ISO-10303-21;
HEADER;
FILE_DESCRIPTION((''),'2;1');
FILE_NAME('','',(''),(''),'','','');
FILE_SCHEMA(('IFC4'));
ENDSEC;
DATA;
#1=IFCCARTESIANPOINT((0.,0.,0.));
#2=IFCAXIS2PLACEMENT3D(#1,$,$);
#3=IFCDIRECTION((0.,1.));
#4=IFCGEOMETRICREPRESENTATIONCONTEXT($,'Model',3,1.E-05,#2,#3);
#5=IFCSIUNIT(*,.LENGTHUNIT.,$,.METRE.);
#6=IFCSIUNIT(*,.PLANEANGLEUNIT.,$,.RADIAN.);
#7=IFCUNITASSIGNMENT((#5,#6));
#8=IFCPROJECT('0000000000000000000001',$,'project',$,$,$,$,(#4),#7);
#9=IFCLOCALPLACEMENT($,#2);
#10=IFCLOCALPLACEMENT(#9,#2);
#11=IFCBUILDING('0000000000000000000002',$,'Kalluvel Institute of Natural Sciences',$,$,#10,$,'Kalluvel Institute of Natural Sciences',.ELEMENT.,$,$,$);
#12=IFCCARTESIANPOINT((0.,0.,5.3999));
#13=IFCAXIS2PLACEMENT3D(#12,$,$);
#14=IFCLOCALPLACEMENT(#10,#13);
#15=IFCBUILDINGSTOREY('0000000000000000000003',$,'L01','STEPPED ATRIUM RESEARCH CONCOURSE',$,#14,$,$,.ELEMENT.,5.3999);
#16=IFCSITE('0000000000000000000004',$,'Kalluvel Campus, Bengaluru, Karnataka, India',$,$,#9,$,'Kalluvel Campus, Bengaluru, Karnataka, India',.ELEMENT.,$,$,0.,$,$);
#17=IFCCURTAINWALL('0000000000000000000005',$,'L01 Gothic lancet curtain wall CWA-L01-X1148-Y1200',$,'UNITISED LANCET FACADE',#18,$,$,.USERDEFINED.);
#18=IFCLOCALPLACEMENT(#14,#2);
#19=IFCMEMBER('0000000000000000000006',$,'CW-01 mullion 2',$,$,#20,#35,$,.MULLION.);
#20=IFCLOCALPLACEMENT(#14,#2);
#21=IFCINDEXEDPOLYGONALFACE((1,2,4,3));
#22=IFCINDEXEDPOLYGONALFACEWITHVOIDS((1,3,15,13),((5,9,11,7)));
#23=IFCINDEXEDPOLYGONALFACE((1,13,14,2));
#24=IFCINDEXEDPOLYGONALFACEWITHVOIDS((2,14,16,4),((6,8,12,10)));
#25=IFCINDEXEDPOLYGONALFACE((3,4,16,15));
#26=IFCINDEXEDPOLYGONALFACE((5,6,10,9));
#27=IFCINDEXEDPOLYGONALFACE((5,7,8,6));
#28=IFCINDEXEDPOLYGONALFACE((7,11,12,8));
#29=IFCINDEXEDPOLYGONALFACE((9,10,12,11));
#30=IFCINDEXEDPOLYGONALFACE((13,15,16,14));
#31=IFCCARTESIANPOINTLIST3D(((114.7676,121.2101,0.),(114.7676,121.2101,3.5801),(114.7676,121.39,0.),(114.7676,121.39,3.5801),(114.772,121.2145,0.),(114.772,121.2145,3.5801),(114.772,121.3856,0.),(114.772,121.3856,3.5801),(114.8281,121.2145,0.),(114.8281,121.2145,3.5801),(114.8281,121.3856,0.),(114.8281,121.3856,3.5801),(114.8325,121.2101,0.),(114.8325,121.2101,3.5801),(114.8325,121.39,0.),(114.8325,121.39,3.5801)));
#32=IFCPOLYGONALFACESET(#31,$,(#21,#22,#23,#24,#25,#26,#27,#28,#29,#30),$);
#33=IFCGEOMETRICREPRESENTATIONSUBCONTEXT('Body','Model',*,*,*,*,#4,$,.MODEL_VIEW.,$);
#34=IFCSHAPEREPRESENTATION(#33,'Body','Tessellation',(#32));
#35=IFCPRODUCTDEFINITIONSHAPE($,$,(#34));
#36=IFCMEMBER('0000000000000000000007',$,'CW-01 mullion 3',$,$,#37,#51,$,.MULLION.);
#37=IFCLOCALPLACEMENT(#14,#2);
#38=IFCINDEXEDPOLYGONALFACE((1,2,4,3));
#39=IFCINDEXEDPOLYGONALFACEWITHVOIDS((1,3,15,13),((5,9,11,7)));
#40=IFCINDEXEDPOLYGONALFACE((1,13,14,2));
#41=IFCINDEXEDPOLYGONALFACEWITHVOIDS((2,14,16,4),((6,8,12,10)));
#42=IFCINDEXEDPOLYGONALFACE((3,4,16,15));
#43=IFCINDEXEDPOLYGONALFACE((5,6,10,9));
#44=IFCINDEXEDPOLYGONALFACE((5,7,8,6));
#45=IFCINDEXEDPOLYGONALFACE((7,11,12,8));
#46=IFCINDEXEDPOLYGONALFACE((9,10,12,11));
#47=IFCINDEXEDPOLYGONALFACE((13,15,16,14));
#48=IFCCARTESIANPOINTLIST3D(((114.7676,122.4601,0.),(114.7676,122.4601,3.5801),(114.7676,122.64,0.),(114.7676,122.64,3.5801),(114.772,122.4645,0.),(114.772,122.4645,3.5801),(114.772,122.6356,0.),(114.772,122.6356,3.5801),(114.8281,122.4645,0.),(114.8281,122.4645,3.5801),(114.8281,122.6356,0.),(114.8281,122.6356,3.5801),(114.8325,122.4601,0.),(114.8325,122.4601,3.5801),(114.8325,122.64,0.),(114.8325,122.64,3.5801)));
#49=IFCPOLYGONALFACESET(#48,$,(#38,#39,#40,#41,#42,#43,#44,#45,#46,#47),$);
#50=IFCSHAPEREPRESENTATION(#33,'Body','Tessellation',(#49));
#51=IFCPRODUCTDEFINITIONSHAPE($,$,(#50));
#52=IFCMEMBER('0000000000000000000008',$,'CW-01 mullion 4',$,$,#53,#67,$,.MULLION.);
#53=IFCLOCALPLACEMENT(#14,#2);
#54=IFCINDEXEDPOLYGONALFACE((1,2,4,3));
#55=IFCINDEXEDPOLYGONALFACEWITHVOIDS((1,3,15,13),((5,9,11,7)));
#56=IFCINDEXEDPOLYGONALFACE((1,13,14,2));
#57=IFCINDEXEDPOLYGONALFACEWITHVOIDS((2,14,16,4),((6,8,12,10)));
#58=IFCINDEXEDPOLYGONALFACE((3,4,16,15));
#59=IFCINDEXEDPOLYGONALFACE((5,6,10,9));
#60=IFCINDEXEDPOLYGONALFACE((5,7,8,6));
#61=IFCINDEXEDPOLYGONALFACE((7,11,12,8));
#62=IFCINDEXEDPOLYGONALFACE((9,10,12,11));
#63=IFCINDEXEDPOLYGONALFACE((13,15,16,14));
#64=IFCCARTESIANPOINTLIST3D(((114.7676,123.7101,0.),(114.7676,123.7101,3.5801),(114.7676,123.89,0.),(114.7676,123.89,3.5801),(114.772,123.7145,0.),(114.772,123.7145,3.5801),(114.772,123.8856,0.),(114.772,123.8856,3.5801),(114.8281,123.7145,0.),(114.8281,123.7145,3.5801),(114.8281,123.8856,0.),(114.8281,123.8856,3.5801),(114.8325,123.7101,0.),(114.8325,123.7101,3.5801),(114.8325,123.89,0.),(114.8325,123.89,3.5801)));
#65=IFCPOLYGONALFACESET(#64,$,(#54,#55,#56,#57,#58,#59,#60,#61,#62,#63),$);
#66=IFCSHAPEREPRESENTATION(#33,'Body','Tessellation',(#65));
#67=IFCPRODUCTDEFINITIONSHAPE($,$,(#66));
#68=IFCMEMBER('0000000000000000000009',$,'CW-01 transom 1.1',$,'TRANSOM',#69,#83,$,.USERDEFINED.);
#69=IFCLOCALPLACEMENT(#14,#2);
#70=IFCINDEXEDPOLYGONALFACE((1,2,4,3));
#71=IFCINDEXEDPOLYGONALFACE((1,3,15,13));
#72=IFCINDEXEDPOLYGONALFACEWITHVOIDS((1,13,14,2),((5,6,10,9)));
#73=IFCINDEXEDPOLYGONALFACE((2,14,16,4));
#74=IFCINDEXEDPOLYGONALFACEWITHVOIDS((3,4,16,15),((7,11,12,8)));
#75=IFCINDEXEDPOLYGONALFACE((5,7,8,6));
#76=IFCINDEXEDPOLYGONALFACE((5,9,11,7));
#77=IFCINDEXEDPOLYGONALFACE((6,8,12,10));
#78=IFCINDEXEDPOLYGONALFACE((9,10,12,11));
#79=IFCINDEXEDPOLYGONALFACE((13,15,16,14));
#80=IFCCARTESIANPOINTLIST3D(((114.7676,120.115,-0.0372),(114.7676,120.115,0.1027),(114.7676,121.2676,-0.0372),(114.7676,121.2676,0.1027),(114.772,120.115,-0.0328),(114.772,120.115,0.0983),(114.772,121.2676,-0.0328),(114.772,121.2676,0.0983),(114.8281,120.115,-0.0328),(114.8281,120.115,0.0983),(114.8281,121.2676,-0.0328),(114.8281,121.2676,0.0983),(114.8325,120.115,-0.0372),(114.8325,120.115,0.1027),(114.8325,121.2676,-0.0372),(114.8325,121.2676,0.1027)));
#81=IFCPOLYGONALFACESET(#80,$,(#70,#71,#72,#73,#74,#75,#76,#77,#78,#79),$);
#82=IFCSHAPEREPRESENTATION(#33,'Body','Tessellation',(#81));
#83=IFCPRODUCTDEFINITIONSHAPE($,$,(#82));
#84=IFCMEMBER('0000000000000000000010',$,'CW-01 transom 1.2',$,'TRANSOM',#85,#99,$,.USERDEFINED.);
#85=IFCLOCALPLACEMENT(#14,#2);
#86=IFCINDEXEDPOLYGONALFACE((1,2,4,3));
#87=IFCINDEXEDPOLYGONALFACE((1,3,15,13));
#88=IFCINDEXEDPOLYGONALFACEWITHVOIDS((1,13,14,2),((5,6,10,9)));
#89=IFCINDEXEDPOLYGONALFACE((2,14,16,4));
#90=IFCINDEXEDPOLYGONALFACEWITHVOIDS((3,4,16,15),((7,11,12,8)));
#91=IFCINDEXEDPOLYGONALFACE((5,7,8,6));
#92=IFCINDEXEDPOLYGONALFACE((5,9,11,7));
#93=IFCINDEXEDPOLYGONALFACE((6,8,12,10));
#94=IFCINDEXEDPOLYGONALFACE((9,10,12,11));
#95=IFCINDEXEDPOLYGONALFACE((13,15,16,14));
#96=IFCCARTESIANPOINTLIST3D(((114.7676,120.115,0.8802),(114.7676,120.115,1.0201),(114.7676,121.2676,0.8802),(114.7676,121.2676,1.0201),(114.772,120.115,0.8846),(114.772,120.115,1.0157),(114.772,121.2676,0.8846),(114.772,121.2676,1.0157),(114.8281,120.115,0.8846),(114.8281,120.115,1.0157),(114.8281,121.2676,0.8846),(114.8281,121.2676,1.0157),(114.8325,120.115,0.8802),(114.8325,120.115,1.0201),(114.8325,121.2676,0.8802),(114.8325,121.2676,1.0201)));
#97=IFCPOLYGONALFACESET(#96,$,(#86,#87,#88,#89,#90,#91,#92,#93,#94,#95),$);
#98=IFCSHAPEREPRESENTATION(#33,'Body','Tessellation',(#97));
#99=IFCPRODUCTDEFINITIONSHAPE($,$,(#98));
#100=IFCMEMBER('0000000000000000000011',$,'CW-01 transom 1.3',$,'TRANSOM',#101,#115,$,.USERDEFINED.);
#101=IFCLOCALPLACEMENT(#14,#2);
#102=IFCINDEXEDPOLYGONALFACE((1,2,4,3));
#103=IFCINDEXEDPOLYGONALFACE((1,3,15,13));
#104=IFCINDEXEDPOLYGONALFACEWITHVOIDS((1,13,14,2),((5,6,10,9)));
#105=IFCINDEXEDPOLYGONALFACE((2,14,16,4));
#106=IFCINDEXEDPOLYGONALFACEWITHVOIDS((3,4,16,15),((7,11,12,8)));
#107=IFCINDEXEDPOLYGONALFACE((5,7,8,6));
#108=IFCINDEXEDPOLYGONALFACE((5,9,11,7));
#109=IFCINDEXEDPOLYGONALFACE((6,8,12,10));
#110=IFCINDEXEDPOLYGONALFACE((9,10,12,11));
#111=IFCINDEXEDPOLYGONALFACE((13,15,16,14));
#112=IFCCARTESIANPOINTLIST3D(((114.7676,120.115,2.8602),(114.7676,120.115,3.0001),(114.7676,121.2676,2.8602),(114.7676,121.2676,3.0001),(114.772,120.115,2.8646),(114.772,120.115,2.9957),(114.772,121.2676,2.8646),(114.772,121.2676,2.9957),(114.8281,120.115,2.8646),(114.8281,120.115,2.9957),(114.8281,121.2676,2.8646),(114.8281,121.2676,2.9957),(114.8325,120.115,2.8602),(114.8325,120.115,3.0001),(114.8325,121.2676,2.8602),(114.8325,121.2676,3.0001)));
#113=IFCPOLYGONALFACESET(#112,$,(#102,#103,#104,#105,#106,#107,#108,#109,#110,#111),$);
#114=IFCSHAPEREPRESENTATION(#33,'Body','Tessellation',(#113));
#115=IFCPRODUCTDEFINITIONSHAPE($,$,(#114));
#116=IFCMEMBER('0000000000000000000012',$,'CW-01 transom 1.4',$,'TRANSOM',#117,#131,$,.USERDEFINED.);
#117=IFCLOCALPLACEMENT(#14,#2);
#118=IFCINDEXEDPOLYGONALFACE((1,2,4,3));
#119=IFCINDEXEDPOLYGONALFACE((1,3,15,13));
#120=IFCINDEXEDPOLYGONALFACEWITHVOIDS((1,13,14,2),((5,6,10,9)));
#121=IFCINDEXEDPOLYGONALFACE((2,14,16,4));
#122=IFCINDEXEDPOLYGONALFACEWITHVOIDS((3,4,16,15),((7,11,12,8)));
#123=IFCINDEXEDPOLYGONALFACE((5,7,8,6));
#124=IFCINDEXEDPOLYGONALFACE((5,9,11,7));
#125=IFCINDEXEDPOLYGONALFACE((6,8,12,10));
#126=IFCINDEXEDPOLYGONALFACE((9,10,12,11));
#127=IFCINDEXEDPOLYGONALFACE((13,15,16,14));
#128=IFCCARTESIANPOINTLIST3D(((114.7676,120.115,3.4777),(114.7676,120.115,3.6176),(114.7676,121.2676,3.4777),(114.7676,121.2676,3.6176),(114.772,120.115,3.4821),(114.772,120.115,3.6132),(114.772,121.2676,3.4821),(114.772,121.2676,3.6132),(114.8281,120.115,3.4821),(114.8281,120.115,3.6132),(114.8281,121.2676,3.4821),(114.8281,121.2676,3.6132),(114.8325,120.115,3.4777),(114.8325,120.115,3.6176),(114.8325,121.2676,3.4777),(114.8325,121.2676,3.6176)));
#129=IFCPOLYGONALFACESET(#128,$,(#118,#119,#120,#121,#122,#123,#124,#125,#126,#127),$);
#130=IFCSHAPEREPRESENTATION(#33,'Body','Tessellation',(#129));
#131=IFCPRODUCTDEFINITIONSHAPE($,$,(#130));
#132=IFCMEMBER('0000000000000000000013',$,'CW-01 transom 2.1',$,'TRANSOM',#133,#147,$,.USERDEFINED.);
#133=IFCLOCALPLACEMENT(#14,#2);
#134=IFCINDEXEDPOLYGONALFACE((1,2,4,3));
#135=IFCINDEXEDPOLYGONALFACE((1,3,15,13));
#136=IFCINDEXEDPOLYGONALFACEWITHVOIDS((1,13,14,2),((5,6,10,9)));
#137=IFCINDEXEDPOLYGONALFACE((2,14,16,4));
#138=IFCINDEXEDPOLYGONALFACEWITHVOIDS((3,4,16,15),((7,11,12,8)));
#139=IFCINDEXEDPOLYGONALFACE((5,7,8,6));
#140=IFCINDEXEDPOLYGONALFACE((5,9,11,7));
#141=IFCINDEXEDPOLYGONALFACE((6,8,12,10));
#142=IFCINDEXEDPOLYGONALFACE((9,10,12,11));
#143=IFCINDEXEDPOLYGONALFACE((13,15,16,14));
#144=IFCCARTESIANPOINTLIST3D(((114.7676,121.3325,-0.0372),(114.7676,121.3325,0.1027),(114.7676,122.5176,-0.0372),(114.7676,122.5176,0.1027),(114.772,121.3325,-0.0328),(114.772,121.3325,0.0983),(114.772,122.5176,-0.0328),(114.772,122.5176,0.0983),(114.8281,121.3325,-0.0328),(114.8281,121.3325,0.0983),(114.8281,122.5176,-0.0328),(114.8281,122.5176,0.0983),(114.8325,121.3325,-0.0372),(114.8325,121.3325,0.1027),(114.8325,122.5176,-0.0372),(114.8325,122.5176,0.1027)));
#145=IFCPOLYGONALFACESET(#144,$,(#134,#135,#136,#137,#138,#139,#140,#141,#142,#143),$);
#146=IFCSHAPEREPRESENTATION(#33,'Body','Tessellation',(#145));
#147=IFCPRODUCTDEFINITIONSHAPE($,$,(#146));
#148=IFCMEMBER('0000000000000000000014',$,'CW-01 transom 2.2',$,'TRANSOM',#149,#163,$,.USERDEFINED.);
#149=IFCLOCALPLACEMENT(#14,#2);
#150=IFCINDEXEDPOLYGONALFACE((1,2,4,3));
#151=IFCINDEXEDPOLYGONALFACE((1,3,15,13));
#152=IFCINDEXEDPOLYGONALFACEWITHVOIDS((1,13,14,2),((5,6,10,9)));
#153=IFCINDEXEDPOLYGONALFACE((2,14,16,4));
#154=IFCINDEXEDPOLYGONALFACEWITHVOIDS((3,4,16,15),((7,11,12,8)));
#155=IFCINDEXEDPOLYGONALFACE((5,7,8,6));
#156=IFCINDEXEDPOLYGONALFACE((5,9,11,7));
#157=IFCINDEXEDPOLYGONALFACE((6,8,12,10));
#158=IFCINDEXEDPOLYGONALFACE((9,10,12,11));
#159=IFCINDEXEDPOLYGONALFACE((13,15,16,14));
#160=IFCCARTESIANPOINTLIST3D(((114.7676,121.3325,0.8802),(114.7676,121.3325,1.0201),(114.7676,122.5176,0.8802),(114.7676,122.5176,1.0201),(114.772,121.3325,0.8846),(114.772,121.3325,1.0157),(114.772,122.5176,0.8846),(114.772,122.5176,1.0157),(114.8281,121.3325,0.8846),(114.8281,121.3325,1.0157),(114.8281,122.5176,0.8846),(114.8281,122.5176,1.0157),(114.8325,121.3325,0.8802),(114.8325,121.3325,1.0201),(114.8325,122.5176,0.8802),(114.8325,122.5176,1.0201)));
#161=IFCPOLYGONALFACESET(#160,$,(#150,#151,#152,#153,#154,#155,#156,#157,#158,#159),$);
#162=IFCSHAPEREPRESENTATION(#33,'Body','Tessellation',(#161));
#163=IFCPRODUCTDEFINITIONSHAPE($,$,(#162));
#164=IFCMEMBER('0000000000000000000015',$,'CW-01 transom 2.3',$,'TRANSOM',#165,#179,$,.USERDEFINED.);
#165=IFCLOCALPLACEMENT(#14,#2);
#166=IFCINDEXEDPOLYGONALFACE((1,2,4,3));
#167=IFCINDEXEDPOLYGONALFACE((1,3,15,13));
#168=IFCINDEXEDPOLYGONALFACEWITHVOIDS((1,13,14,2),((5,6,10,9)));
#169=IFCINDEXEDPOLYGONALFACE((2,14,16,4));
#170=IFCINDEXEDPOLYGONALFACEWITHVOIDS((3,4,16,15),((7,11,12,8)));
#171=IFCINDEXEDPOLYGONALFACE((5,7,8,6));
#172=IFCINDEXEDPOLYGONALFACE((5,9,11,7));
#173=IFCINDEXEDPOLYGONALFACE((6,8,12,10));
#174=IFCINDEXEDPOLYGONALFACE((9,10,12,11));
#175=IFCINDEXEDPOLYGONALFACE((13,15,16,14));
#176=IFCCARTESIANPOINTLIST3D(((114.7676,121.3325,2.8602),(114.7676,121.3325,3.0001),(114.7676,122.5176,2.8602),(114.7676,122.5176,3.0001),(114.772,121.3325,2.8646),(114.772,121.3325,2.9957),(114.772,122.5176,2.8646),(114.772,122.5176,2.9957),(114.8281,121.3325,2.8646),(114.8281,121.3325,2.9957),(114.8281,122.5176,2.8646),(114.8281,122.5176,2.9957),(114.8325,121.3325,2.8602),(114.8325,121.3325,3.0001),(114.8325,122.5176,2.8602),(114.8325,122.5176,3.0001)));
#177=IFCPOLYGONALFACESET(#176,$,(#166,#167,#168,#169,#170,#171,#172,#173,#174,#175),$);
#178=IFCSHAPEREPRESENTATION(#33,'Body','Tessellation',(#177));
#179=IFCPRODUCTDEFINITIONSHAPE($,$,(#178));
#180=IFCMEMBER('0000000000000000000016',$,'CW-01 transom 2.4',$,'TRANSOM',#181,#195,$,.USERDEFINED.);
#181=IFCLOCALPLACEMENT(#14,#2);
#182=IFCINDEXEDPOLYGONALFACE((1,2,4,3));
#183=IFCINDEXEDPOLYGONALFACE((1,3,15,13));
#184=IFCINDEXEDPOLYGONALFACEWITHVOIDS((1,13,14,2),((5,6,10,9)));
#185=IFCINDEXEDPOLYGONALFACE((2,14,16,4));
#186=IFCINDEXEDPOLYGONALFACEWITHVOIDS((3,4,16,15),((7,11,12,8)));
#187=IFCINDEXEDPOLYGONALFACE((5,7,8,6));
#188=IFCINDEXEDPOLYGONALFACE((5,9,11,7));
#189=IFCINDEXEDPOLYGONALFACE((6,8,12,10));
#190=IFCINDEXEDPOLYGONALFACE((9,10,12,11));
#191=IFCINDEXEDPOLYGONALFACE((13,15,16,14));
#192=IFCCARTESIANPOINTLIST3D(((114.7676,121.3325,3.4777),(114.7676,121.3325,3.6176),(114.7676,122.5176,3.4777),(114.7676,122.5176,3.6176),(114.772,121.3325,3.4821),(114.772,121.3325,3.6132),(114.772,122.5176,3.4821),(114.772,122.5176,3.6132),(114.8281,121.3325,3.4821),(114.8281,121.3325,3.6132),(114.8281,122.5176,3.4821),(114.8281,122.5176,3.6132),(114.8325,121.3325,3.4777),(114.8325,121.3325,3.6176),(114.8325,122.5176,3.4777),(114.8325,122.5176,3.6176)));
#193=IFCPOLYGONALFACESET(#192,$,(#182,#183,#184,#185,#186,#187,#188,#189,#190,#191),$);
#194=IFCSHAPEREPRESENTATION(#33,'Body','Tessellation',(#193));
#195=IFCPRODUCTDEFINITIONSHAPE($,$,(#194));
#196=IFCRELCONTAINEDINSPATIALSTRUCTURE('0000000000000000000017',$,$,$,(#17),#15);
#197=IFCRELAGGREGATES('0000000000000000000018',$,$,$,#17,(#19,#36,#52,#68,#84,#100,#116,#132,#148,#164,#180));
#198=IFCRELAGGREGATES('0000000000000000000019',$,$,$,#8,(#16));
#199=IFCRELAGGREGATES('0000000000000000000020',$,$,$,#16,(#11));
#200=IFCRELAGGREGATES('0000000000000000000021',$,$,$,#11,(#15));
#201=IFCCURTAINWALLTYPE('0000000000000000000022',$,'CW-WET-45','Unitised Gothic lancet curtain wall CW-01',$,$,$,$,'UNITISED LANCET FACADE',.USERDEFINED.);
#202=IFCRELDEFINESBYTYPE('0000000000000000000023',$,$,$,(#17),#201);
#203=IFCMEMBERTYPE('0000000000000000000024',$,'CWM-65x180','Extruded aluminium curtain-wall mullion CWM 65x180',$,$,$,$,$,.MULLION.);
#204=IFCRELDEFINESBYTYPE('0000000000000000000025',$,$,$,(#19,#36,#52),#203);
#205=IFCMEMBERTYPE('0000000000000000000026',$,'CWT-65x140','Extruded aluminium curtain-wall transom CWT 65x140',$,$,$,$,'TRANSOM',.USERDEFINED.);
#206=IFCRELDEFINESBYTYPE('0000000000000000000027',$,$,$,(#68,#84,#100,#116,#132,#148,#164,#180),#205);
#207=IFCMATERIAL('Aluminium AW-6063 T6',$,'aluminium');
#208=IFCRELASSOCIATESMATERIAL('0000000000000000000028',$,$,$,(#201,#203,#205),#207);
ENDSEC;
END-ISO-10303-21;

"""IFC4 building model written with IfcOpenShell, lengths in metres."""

from ifc_helpers import new_model, si_unit, direction, frame, origin, origin_2d, place, context, subcontext, project, spatial, hollow_rectangle, extrude, material, material_profile, profile_set, type_object, element, aggregate, save


model = new_model("IFC4")

# Units and contexts
model_context = context("Model", 3, precision=1e-05, world=origin(), true_north=direction((0.0, 1.0)))
body_context = subcontext(model_context, "Body", "Model", "MODEL_VIEW")
ifc_project = project(units=[si_unit("LENGTHUNIT", "METRE"), si_unit("PLANEANGLEUNIT", "RADIAN")], contexts=[model_context])

# Site, building, storey
site_placement = place(None, origin())
site = spatial("IfcSite", under=ifc_project, at=site_placement, Name="Kalluvel Campus, Bengaluru, Karnataka, India", LongName="Kalluvel Campus, Bengaluru, Karnataka, India", CompositionType="ELEMENT", RefElevation=0.0)
building_placement = place(site_placement, origin())
building = spatial("IfcBuilding", under=site, at=building_placement, Name="Kalluvel Institute of Natural Sciences", LongName="Kalluvel Institute of Natural Sciences", CompositionType="ELEMENT")
storey_placement = place(building_placement, frame((0.0, 0.0, 5.3999)))
storey = spatial("IfcBuildingStorey", under=building, at=storey_placement, Name="L01", Description="STEPPED ATRIUM RESEARCH CONCOURSE", CompositionType="ELEMENT", Elevation=5.3999)

# Curtain wall, members
ifc_material_1 = material(Name="Aluminium AW-6063 T6", Category="aluminium")
curtain_wall_type = type_object("IfcCurtainWallType", Name="CW-WET-45", Description="Unitised Gothic lancet curtain wall CW-01", ElementType="UNITISED LANCET FACADE", PredefinedType="USERDEFINED", material=ifc_material_1)
curtain_wall_placement = place(storey_placement, origin())
curtain_wall = element("IfcCurtainWall", 1, at=curtain_wall_placement, inside=storey, type_object=curtain_wall_type, Name="L01 Gothic lancet curtain wall CWA-L01-X1148-Y1200", ObjectType="UNITISED LANCET FACADE", PredefinedType="USERDEFINED")
ifc_material_profile_1 = material_profile(ifc_material_1, hollow_rectangle(XDim=0.0649, YDim=0.1799, WallThickness=0.0044, at=origin_2d()), Name="CWM 65x180")
ifc_profile_set_1 = profile_set([ifc_material_profile_1], Name="Aluminium AW-6063 T6")
member_type_1 = type_object("IfcMemberType", Name="CWM-65x180", Description="Extruded aluminium curtain-wall mullion CWM 65x180", PredefinedType="MULLION", material=ifc_profile_set_1)
member_1_placement = place(storey_placement, frame((114.8, 121.3, 0.0), z_axis=(0.0, 0.0, 1.0), x_axis=(-1.0, 0.0, 0.0)))
member_1 = element("IfcMember", 2, at=member_1_placement, type_object=member_type_1, Name="CW-01 mullion 2", PredefinedType="MULLION", context=body_context, shape_type="SweptSolid", body=[
    extrude(hollow_rectangle(XDim=0.0649, YDim=0.1799, WallThickness=0.0044, at=origin_2d()), origin(), (0.0, 0.0, 1.0), 3.5801),
])
member_2_placement = place(storey_placement, frame((114.8, 122.55, 0.0), z_axis=(0.0, 0.0, 1.0), x_axis=(-1.0, 0.0, 0.0)))
member_2 = element("IfcMember", 3, at=member_2_placement, type_object=member_type_1, Name="CW-01 mullion 3", PredefinedType="MULLION", context=body_context, shape_type="SweptSolid", body=[
    extrude(hollow_rectangle(XDim=0.0649, YDim=0.1799, WallThickness=0.0044, at=origin_2d()), origin(), (0.0, 0.0, 1.0), 3.5801),
])
member_3_placement = place(storey_placement, frame((114.8, 123.8, 0.0), z_axis=(0.0, 0.0, 1.0), x_axis=(-1.0, 0.0, 0.0)))
member_3 = element("IfcMember", 4, at=member_3_placement, type_object=member_type_1, Name="CW-01 mullion 4", PredefinedType="MULLION", context=body_context, shape_type="SweptSolid", body=[
    extrude(hollow_rectangle(XDim=0.0649, YDim=0.1799, WallThickness=0.0044, at=origin_2d()), origin(), (0.0, 0.0, 1.0), 3.5801),
])
ifc_material_profile_2 = material_profile(ifc_material_1, hollow_rectangle(XDim=0.0649, YDim=0.1399, WallThickness=0.0044, at=origin_2d()), Name="CWT 65x140")
ifc_profile_set_2 = profile_set([ifc_material_profile_2], Name="Aluminium AW-6063 T6")
member_type_2 = type_object("IfcMemberType", Name="CWT-65x140", Description="Extruded aluminium curtain-wall transom CWT 65x140", ElementType="TRANSOM", PredefinedType="USERDEFINED", material=ifc_profile_set_2)
member_4_placement = place(storey_placement, frame((114.8, 120.115, 0.0327), z_axis=(0.0, 1.0, 0.0), x_axis=(-1.0, 0.0, 0.0)))
member_4 = element("IfcMember", 5, at=member_4_placement, type_object=member_type_2, Name="CW-01 transom 1.1", ObjectType="TRANSOM", PredefinedType="USERDEFINED", context=body_context, shape_type="SweptSolid", body=[
    extrude(hollow_rectangle(XDim=0.0649, YDim=0.1399, WallThickness=0.0044, at=origin_2d()), origin(), (0.0, 0.0, 1.0), 1.1526),
])
member_5_placement = place(storey_placement, frame((114.8, 120.115, 0.9502), z_axis=(0.0, 1.0, 0.0), x_axis=(-1.0, 0.0, 0.0)))
member_5 = element("IfcMember", 6, at=member_5_placement, type_object=member_type_2, Name="CW-01 transom 1.2", ObjectType="TRANSOM", PredefinedType="USERDEFINED", context=body_context, shape_type="SweptSolid", body=[
    extrude(hollow_rectangle(XDim=0.0649, YDim=0.1399, WallThickness=0.0044, at=origin_2d()), origin(), (0.0, 0.0, 1.0), 1.1526),
])
member_6_placement = place(storey_placement, frame((114.8, 120.115, 2.9302), z_axis=(0.0, 1.0, 0.0), x_axis=(-1.0, 0.0, 0.0)))
member_6 = element("IfcMember", 7, at=member_6_placement, type_object=member_type_2, Name="CW-01 transom 1.3", ObjectType="TRANSOM", PredefinedType="USERDEFINED", context=body_context, shape_type="SweptSolid", body=[
    extrude(hollow_rectangle(XDim=0.0649, YDim=0.1399, WallThickness=0.0044, at=origin_2d()), origin(), (0.0, 0.0, 1.0), 1.1526),
])
member_7_placement = place(storey_placement, frame((114.8, 120.115, 3.5476), z_axis=(0.0, 1.0, 0.0), x_axis=(-1.0, 0.0, 0.0)))
member_7 = element("IfcMember", 8, at=member_7_placement, type_object=member_type_2, Name="CW-01 transom 1.4", ObjectType="TRANSOM", PredefinedType="USERDEFINED", context=body_context, shape_type="SweptSolid", body=[
    extrude(hollow_rectangle(XDim=0.0649, YDim=0.1399, WallThickness=0.0044, at=origin_2d()), origin(), (0.0, 0.0, 1.0), 1.1526),
])
member_8_placement = place(storey_placement, frame((114.8, 121.3325, 0.0327), z_axis=(0.0, 1.0, 0.0), x_axis=(-1.0, 0.0, 0.0)))
member_8 = element("IfcMember", 9, at=member_8_placement, type_object=member_type_2, Name="CW-01 transom 2.1", ObjectType="TRANSOM", PredefinedType="USERDEFINED", context=body_context, shape_type="SweptSolid", body=[
    extrude(hollow_rectangle(XDim=0.0649, YDim=0.1399, WallThickness=0.0044, at=origin_2d()), origin(), (0.0, 0.0, 1.0), 1.1851),
])
member_9_placement = place(storey_placement, frame((114.8, 121.3325, 0.9502), z_axis=(0.0, 1.0, 0.0), x_axis=(-1.0, 0.0, 0.0)))
member_9 = element("IfcMember", 10, at=member_9_placement, type_object=member_type_2, Name="CW-01 transom 2.2", ObjectType="TRANSOM", PredefinedType="USERDEFINED", context=body_context, shape_type="SweptSolid", body=[
    extrude(hollow_rectangle(XDim=0.0649, YDim=0.1399, WallThickness=0.0044, at=origin_2d()), origin(), (0.0, 0.0, 1.0), 1.1851),
])
member_10_placement = place(storey_placement, frame((114.8, 121.3325, 2.9302), z_axis=(0.0, 1.0, 0.0), x_axis=(-1.0, 0.0, 0.0)))
member_10 = element("IfcMember", 11, at=member_10_placement, type_object=member_type_2, Name="CW-01 transom 2.3", ObjectType="TRANSOM", PredefinedType="USERDEFINED", context=body_context, shape_type="SweptSolid", body=[
    extrude(hollow_rectangle(XDim=0.0649, YDim=0.1399, WallThickness=0.0044, at=origin_2d()), origin(), (0.0, 0.0, 1.0), 1.1851),
])
member_11_placement = place(storey_placement, frame((114.8, 121.3325, 3.5476), z_axis=(0.0, 1.0, 0.0), x_axis=(-1.0, 0.0, 0.0)))
member_11 = element("IfcMember", 12, at=member_11_placement, type_object=member_type_2, Name="CW-01 transom 2.4", ObjectType="TRANSOM", PredefinedType="USERDEFINED", context=body_context, shape_type="SweptSolid", body=[
    extrude(hollow_rectangle(XDim=0.0649, YDim=0.1399, WallThickness=0.0044, at=origin_2d()), origin(), (0.0, 0.0, 1.0), 1.1851),
])
aggregate(curtain_wall, [member_1, member_2, member_3, member_4, member_5, member_6, member_7, member_8, member_9, member_10, member_11])

save(model, "model.ifc")
